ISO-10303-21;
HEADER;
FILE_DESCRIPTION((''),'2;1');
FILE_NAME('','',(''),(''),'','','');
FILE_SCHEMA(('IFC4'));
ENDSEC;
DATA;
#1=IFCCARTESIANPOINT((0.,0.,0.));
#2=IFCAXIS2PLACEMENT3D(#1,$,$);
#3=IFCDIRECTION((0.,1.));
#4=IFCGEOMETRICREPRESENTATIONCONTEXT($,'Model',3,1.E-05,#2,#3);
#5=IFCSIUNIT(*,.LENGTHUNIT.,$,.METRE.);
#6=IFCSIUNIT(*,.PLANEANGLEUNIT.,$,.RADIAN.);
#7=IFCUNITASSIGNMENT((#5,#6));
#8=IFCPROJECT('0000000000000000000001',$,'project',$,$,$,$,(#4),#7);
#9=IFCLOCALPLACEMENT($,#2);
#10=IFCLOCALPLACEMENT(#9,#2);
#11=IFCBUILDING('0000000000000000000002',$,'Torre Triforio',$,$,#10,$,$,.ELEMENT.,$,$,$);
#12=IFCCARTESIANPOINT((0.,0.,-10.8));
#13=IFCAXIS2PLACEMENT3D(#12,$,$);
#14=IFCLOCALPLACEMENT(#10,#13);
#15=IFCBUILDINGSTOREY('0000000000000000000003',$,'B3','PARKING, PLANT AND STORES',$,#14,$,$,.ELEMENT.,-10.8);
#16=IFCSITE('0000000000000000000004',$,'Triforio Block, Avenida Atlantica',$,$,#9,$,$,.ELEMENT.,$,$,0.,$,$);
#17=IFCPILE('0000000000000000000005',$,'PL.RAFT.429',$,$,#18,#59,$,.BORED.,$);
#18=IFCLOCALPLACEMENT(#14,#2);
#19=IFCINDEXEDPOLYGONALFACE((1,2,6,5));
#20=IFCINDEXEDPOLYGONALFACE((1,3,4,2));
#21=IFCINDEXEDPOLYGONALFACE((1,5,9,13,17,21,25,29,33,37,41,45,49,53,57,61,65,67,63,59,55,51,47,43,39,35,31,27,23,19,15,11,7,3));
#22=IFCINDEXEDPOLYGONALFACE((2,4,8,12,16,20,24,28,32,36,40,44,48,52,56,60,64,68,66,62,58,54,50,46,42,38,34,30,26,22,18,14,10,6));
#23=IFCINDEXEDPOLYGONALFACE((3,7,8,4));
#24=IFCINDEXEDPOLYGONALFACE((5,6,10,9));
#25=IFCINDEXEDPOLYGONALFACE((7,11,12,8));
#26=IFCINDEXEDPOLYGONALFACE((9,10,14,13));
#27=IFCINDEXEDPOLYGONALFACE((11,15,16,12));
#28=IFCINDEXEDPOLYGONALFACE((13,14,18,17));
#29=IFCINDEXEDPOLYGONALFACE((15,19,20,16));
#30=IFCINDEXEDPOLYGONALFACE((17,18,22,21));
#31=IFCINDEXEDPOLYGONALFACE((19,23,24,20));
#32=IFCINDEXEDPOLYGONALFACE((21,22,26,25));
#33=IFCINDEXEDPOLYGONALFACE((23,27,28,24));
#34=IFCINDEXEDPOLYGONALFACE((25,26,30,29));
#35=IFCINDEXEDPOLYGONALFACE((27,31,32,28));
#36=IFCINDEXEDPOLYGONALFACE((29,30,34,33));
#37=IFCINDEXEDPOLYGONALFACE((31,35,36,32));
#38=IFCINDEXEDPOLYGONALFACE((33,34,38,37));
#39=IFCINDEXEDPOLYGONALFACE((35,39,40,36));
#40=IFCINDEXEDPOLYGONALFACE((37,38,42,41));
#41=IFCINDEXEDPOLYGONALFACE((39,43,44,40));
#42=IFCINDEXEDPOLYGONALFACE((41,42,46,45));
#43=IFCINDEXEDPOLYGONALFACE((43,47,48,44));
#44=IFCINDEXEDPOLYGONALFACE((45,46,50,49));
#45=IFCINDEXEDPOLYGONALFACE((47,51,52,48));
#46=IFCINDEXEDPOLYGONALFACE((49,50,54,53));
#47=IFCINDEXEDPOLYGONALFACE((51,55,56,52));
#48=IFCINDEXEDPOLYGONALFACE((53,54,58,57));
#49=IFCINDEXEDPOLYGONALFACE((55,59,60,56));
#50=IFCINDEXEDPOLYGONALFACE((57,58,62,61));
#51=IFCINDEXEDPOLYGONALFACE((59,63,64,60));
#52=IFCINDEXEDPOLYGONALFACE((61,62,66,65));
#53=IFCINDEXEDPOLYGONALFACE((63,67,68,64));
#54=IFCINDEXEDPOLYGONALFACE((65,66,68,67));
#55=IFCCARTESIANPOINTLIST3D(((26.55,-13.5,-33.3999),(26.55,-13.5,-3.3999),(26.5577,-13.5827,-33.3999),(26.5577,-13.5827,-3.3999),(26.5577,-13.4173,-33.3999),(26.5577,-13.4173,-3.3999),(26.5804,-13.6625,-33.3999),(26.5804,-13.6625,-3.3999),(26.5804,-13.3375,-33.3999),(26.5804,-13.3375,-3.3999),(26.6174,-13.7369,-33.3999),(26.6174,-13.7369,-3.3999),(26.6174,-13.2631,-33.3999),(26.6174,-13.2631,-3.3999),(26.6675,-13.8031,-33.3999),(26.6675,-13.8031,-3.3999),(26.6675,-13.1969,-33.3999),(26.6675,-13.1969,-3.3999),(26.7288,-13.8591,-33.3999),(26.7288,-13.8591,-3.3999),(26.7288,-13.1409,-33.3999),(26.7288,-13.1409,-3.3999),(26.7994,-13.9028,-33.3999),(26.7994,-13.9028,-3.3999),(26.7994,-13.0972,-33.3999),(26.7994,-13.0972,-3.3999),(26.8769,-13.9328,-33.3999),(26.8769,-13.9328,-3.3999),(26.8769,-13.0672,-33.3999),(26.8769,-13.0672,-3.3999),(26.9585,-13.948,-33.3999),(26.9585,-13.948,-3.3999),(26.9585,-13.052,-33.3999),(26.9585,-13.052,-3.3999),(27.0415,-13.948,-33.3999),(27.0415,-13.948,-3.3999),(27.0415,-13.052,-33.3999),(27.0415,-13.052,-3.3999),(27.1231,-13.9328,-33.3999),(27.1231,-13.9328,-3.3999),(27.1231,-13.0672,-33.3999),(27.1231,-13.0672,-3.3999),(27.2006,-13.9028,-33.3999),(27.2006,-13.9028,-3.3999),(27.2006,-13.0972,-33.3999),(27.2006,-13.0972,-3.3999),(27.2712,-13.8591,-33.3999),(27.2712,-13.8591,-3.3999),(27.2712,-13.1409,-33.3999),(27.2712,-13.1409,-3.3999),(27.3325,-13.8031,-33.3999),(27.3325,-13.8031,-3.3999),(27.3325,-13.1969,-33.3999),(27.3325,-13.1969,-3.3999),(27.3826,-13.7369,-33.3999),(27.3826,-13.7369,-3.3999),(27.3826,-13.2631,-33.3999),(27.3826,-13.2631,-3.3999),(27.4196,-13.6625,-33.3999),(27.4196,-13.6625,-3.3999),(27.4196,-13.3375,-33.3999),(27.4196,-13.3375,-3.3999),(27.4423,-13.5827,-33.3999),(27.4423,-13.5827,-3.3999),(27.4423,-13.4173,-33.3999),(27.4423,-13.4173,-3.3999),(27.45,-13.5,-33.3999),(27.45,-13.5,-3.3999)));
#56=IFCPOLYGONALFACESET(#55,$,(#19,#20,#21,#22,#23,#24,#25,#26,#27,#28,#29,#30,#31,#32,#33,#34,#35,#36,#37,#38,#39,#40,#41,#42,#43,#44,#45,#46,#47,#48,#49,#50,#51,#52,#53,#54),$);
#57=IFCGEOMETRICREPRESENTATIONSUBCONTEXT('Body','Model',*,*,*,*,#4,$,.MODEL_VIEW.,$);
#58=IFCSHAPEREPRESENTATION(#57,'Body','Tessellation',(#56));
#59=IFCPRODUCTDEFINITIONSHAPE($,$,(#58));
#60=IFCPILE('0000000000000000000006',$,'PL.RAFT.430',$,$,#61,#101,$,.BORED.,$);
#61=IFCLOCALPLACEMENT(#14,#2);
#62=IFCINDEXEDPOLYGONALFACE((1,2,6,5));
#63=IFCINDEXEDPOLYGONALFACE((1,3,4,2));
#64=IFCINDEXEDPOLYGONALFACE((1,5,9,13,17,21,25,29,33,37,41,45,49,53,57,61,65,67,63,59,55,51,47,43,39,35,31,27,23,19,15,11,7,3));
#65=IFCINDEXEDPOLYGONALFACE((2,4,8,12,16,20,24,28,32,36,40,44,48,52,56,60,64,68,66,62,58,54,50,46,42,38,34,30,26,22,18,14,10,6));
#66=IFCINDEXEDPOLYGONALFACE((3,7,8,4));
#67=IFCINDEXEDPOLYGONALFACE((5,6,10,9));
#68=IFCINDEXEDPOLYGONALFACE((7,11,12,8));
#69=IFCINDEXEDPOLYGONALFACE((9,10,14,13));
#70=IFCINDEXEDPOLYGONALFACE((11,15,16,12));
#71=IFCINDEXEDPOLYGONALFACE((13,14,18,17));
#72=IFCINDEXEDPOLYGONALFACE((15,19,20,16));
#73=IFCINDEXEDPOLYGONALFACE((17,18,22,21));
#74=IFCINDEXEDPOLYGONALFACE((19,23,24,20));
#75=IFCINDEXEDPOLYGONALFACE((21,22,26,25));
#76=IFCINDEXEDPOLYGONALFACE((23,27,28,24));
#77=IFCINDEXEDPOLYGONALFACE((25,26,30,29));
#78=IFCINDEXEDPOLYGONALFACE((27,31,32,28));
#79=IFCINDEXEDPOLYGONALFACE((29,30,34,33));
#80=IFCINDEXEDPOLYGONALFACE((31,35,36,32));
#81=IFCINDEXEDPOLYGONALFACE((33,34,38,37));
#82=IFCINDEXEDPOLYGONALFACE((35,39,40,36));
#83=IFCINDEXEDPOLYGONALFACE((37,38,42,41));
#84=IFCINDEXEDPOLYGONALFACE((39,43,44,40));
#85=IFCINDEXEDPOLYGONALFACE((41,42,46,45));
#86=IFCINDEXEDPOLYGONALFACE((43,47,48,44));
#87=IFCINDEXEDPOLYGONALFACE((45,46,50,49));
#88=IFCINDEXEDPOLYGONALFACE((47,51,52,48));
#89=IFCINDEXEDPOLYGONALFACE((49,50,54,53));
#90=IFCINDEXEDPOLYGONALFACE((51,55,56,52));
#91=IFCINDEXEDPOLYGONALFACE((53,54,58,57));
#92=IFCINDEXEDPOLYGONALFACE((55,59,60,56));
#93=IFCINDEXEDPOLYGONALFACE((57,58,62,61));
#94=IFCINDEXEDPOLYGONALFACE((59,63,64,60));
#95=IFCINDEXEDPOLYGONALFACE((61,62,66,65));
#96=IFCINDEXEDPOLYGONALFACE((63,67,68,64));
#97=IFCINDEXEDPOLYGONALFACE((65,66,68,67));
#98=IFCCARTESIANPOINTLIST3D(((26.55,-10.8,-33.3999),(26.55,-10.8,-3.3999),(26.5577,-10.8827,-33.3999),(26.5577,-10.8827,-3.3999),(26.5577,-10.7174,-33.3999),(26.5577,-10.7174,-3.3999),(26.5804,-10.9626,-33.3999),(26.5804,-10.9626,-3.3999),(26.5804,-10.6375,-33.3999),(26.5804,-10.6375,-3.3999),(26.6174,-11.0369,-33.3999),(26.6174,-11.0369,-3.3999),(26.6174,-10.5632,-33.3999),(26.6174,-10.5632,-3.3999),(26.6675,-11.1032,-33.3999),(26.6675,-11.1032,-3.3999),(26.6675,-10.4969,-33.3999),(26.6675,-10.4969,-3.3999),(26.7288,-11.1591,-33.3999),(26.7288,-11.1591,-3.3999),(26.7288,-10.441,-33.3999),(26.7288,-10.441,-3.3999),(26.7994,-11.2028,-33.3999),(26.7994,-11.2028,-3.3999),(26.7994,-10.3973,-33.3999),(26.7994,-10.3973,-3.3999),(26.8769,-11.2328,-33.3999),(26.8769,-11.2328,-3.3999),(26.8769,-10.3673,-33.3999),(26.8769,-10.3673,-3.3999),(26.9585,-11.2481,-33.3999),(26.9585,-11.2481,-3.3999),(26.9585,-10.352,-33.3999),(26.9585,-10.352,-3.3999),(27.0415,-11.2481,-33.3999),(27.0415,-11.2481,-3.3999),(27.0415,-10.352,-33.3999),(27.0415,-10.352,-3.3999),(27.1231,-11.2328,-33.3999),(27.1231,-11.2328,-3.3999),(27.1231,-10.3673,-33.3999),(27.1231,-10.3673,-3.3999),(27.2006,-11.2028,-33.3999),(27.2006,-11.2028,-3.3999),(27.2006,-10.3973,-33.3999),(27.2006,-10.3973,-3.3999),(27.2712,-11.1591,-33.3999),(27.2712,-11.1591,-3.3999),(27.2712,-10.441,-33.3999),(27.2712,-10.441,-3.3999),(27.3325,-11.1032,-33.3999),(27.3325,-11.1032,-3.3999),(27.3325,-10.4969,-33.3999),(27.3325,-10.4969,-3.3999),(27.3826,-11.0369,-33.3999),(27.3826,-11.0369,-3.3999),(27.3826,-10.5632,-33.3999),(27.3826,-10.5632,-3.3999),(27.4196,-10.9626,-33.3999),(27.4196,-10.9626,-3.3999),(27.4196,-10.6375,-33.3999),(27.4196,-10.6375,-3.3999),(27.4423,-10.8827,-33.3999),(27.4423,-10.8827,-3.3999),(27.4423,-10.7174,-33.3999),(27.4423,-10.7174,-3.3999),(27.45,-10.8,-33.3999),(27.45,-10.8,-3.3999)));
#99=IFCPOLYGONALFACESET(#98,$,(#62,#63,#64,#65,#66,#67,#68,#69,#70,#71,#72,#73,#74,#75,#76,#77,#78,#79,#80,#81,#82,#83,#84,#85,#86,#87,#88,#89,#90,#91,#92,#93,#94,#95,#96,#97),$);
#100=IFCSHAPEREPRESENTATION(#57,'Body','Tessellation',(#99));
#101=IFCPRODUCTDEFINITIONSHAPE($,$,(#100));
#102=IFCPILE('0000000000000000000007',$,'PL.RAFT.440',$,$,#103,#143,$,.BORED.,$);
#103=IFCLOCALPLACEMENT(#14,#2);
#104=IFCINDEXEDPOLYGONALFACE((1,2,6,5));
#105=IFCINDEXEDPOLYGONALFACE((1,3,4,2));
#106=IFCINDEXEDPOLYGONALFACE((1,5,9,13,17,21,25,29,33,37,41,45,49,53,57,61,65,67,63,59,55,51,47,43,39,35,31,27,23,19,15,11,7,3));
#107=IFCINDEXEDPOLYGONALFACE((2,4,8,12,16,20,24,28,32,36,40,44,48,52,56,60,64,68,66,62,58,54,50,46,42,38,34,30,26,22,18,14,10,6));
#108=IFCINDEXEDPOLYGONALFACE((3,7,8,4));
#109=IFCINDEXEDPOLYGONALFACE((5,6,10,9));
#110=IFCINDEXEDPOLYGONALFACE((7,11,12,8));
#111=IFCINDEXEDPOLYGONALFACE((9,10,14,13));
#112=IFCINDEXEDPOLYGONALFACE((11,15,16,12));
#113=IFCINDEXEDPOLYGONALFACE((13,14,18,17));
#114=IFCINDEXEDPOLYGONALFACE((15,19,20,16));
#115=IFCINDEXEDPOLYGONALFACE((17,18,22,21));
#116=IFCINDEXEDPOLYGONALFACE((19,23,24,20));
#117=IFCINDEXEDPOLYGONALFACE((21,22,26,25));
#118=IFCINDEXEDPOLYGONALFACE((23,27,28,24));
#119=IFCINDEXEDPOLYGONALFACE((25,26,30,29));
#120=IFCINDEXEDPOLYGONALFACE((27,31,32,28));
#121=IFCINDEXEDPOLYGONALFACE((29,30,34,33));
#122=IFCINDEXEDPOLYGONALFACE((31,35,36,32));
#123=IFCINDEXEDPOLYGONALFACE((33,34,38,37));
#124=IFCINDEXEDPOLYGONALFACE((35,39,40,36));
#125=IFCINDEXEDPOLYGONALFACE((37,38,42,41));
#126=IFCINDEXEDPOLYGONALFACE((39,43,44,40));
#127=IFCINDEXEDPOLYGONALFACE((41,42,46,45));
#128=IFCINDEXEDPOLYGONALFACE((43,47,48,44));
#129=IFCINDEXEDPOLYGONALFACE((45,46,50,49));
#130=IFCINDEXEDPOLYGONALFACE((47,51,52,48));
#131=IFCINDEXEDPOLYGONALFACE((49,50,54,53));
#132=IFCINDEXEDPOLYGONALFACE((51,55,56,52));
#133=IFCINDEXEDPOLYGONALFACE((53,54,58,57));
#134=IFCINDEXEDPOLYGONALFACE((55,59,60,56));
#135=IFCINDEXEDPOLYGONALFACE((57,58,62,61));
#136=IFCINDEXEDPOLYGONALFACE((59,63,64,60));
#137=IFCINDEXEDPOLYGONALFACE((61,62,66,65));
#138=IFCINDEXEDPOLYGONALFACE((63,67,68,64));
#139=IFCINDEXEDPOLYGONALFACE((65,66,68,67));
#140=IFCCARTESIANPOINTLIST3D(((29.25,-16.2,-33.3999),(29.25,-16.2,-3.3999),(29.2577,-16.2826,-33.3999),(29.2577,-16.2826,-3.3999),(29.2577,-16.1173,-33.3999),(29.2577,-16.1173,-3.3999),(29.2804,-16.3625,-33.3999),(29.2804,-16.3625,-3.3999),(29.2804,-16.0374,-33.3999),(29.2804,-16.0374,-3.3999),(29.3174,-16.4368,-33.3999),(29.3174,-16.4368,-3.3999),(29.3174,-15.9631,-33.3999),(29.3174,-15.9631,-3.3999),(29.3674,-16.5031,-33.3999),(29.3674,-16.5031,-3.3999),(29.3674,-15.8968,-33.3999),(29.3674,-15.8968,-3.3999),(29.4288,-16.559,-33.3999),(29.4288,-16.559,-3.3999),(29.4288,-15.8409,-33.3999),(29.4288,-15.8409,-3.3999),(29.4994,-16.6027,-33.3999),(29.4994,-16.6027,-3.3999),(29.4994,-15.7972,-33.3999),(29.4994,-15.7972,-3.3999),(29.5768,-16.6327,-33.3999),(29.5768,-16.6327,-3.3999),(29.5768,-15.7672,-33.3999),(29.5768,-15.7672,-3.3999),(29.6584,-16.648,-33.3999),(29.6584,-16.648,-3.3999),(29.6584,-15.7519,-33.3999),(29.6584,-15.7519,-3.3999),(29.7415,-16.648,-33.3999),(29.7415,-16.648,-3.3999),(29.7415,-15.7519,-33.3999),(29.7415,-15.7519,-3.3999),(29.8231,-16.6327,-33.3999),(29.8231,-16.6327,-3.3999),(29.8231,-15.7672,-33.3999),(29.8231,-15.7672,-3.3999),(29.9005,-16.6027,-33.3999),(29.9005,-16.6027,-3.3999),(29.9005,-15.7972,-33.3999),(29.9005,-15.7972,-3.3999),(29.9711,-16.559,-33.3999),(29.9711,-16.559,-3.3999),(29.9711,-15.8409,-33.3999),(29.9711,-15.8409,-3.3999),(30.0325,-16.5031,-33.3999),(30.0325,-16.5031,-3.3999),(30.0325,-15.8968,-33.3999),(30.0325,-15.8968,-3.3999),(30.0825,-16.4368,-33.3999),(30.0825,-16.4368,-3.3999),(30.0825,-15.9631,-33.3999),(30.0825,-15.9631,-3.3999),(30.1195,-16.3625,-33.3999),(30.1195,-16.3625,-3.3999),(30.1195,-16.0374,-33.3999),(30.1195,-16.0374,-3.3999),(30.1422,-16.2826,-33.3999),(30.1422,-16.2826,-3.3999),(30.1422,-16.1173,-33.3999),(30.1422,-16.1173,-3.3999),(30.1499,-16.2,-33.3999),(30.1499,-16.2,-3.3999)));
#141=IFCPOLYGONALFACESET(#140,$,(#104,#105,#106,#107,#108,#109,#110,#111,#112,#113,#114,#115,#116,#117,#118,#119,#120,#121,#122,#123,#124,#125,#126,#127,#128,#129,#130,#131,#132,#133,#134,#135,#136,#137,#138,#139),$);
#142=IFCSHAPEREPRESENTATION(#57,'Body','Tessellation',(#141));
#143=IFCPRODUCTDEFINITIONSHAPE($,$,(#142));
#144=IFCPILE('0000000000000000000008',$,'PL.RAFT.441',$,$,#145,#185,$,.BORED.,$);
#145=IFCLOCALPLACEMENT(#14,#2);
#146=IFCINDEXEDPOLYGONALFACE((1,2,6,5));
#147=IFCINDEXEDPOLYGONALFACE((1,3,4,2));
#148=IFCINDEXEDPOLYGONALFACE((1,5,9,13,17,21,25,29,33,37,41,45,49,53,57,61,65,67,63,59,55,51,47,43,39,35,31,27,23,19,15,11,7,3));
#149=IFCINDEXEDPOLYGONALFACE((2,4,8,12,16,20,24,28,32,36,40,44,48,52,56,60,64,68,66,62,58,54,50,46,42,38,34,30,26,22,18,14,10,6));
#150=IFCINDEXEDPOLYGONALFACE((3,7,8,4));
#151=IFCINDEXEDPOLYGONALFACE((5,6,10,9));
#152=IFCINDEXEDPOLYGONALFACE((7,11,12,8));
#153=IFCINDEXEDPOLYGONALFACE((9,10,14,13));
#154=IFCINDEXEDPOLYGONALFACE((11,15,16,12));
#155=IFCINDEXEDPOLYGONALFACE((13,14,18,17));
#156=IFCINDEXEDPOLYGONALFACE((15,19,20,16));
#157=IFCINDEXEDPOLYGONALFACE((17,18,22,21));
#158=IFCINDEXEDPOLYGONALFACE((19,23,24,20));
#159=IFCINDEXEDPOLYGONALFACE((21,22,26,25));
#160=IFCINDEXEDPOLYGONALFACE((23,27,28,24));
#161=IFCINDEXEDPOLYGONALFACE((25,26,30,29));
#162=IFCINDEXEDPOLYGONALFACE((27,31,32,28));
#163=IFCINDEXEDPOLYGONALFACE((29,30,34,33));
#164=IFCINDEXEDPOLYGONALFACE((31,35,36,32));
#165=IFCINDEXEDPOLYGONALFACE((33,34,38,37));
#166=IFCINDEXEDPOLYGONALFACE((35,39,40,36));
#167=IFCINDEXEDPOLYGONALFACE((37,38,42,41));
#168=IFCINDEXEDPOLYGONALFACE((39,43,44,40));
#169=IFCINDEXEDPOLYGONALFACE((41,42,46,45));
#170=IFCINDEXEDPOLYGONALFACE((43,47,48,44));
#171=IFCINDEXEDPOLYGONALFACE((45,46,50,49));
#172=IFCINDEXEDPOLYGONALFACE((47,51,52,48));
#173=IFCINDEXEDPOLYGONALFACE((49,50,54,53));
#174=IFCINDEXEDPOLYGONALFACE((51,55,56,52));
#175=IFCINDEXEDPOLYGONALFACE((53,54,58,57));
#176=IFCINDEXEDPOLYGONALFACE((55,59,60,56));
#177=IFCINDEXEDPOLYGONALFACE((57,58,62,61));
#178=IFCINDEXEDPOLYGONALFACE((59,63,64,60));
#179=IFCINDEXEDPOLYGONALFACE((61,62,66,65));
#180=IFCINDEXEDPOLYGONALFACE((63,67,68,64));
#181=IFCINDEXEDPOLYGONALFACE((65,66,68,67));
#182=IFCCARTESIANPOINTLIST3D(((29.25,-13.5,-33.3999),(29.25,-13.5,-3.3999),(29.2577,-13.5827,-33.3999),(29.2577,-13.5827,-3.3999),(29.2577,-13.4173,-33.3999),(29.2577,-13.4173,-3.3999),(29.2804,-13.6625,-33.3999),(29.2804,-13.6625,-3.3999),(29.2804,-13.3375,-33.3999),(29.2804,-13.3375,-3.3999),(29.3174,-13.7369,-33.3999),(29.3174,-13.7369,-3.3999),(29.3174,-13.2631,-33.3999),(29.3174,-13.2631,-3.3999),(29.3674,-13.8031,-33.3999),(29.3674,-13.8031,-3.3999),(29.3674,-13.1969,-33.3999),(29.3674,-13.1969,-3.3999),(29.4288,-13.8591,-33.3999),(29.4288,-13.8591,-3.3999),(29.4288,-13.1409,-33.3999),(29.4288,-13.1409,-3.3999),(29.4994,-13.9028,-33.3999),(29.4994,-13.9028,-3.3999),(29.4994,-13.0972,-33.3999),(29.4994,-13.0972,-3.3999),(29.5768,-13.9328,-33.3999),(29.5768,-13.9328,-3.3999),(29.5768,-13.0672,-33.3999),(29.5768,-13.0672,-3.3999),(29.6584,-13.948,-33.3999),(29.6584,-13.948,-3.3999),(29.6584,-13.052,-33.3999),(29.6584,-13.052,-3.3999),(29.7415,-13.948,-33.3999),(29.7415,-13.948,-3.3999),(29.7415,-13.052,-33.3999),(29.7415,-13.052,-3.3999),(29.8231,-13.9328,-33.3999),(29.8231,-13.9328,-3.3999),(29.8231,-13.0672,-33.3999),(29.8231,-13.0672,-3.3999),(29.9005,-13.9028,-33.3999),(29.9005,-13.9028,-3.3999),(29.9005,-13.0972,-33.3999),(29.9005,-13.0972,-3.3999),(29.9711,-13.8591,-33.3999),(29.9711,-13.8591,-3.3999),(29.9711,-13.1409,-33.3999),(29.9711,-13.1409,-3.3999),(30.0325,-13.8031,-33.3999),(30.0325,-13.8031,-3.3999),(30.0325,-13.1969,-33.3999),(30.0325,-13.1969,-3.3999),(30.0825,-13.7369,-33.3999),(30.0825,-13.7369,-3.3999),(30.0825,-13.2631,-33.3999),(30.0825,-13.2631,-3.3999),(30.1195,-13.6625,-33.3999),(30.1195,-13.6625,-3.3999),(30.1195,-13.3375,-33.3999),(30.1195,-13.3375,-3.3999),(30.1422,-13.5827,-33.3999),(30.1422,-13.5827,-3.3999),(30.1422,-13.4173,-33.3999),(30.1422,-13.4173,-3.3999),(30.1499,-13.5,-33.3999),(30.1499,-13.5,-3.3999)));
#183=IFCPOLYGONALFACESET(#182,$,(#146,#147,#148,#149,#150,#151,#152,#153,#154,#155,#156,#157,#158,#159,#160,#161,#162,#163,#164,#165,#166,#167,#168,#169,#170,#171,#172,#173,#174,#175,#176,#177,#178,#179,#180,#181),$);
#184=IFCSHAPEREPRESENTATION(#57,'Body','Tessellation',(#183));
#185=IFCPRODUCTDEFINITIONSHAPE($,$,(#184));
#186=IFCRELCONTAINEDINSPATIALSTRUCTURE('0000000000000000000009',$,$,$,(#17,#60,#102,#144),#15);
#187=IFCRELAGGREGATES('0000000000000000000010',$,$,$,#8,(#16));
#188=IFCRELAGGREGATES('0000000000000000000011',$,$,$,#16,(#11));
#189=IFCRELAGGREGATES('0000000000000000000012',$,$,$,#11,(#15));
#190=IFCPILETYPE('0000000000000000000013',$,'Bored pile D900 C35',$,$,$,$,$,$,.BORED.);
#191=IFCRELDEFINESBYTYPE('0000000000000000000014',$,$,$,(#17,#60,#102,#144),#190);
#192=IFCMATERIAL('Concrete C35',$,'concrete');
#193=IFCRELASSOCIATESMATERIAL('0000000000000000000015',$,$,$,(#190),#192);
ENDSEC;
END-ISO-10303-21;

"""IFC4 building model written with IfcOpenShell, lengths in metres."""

from ifc_helpers import new_model, si_unit, direction, frame, origin, origin_2d, place, context, subcontext, project, spatial, circle, extrude, material, material_profile, profile_set, type_object, element, save


model = new_model("IFC4")

# Units and contexts
model_context = context("Model", 3, precision=1e-05, world=origin(), true_north=direction((0.0, 1.0)))
body_context = subcontext(model_context, "Body", "Model", "MODEL_VIEW")
ifc_project = project(units=[si_unit("LENGTHUNIT", "METRE"), si_unit("PLANEANGLEUNIT", "RADIAN")], contexts=[model_context])

# Site, building, storey
site_placement = place(None, origin())
site = spatial("IfcSite", under=ifc_project, at=site_placement, Name="Triforio Block, Avenida Atlantica", CompositionType="ELEMENT", RefElevation=0.0)
building_placement = place(site_placement, origin())
building = spatial("IfcBuilding", under=site, at=building_placement, Name="Torre Triforio", CompositionType="ELEMENT")
storey_placement = place(building_placement, frame((0.0, 0.0, -10.8)))
storey = spatial("IfcBuildingStorey", under=building, at=storey_placement, Name="B3", Description="PARKING, PLANT AND STORES", CompositionType="ELEMENT", Elevation=-10.8)

# Piles
ifc_material_1 = material(Name="Concrete C35", Category="concrete")
ifc_material_profile_1 = material_profile(ifc_material_1, circle(Radius=0.45, at=origin_2d()), Name="RC D900")
ifc_profile_set_1 = profile_set([ifc_material_profile_1], Name="Concrete C35")
pile_type = type_object("IfcPileType", Name="Bored pile D900 C35", PredefinedType="BORED", material=ifc_profile_set_1)
for number, where, z_axis, x_axis, name in (
    (1, (27.0, -13.5, -3.3999), (0.0, 0.0, -1.0), (1.0, 0.0, 0.0), "PL.RAFT.429"),
    (2, (27.0, -10.8, -3.3999), (0.0, 0.0, -1.0), (1.0, 0.0, 0.0), "PL.RAFT.430"),
    (3, (29.7, -16.2, -3.3999), (0.0, 0.0, -1.0), (1.0, 0.0, 0.0), "PL.RAFT.440"),
    (4, (29.7, -13.5, -3.3999), (0.0, 0.0, -1.0), (1.0, 0.0, 0.0), "PL.RAFT.441"),
):
    element("IfcPile", number, at=place(storey_placement, frame(where, z_axis=z_axis, x_axis=x_axis)), inside=storey, type_object=pile_type, Name=name, PredefinedType="BORED", context=body_context, shape_type="SweptSolid", body=[
        extrude(circle(Radius=0.45, at=origin_2d()), origin(), (0.0, 0.0, 1.0), 30.0),
    ])

save(model, "model.ifc")
